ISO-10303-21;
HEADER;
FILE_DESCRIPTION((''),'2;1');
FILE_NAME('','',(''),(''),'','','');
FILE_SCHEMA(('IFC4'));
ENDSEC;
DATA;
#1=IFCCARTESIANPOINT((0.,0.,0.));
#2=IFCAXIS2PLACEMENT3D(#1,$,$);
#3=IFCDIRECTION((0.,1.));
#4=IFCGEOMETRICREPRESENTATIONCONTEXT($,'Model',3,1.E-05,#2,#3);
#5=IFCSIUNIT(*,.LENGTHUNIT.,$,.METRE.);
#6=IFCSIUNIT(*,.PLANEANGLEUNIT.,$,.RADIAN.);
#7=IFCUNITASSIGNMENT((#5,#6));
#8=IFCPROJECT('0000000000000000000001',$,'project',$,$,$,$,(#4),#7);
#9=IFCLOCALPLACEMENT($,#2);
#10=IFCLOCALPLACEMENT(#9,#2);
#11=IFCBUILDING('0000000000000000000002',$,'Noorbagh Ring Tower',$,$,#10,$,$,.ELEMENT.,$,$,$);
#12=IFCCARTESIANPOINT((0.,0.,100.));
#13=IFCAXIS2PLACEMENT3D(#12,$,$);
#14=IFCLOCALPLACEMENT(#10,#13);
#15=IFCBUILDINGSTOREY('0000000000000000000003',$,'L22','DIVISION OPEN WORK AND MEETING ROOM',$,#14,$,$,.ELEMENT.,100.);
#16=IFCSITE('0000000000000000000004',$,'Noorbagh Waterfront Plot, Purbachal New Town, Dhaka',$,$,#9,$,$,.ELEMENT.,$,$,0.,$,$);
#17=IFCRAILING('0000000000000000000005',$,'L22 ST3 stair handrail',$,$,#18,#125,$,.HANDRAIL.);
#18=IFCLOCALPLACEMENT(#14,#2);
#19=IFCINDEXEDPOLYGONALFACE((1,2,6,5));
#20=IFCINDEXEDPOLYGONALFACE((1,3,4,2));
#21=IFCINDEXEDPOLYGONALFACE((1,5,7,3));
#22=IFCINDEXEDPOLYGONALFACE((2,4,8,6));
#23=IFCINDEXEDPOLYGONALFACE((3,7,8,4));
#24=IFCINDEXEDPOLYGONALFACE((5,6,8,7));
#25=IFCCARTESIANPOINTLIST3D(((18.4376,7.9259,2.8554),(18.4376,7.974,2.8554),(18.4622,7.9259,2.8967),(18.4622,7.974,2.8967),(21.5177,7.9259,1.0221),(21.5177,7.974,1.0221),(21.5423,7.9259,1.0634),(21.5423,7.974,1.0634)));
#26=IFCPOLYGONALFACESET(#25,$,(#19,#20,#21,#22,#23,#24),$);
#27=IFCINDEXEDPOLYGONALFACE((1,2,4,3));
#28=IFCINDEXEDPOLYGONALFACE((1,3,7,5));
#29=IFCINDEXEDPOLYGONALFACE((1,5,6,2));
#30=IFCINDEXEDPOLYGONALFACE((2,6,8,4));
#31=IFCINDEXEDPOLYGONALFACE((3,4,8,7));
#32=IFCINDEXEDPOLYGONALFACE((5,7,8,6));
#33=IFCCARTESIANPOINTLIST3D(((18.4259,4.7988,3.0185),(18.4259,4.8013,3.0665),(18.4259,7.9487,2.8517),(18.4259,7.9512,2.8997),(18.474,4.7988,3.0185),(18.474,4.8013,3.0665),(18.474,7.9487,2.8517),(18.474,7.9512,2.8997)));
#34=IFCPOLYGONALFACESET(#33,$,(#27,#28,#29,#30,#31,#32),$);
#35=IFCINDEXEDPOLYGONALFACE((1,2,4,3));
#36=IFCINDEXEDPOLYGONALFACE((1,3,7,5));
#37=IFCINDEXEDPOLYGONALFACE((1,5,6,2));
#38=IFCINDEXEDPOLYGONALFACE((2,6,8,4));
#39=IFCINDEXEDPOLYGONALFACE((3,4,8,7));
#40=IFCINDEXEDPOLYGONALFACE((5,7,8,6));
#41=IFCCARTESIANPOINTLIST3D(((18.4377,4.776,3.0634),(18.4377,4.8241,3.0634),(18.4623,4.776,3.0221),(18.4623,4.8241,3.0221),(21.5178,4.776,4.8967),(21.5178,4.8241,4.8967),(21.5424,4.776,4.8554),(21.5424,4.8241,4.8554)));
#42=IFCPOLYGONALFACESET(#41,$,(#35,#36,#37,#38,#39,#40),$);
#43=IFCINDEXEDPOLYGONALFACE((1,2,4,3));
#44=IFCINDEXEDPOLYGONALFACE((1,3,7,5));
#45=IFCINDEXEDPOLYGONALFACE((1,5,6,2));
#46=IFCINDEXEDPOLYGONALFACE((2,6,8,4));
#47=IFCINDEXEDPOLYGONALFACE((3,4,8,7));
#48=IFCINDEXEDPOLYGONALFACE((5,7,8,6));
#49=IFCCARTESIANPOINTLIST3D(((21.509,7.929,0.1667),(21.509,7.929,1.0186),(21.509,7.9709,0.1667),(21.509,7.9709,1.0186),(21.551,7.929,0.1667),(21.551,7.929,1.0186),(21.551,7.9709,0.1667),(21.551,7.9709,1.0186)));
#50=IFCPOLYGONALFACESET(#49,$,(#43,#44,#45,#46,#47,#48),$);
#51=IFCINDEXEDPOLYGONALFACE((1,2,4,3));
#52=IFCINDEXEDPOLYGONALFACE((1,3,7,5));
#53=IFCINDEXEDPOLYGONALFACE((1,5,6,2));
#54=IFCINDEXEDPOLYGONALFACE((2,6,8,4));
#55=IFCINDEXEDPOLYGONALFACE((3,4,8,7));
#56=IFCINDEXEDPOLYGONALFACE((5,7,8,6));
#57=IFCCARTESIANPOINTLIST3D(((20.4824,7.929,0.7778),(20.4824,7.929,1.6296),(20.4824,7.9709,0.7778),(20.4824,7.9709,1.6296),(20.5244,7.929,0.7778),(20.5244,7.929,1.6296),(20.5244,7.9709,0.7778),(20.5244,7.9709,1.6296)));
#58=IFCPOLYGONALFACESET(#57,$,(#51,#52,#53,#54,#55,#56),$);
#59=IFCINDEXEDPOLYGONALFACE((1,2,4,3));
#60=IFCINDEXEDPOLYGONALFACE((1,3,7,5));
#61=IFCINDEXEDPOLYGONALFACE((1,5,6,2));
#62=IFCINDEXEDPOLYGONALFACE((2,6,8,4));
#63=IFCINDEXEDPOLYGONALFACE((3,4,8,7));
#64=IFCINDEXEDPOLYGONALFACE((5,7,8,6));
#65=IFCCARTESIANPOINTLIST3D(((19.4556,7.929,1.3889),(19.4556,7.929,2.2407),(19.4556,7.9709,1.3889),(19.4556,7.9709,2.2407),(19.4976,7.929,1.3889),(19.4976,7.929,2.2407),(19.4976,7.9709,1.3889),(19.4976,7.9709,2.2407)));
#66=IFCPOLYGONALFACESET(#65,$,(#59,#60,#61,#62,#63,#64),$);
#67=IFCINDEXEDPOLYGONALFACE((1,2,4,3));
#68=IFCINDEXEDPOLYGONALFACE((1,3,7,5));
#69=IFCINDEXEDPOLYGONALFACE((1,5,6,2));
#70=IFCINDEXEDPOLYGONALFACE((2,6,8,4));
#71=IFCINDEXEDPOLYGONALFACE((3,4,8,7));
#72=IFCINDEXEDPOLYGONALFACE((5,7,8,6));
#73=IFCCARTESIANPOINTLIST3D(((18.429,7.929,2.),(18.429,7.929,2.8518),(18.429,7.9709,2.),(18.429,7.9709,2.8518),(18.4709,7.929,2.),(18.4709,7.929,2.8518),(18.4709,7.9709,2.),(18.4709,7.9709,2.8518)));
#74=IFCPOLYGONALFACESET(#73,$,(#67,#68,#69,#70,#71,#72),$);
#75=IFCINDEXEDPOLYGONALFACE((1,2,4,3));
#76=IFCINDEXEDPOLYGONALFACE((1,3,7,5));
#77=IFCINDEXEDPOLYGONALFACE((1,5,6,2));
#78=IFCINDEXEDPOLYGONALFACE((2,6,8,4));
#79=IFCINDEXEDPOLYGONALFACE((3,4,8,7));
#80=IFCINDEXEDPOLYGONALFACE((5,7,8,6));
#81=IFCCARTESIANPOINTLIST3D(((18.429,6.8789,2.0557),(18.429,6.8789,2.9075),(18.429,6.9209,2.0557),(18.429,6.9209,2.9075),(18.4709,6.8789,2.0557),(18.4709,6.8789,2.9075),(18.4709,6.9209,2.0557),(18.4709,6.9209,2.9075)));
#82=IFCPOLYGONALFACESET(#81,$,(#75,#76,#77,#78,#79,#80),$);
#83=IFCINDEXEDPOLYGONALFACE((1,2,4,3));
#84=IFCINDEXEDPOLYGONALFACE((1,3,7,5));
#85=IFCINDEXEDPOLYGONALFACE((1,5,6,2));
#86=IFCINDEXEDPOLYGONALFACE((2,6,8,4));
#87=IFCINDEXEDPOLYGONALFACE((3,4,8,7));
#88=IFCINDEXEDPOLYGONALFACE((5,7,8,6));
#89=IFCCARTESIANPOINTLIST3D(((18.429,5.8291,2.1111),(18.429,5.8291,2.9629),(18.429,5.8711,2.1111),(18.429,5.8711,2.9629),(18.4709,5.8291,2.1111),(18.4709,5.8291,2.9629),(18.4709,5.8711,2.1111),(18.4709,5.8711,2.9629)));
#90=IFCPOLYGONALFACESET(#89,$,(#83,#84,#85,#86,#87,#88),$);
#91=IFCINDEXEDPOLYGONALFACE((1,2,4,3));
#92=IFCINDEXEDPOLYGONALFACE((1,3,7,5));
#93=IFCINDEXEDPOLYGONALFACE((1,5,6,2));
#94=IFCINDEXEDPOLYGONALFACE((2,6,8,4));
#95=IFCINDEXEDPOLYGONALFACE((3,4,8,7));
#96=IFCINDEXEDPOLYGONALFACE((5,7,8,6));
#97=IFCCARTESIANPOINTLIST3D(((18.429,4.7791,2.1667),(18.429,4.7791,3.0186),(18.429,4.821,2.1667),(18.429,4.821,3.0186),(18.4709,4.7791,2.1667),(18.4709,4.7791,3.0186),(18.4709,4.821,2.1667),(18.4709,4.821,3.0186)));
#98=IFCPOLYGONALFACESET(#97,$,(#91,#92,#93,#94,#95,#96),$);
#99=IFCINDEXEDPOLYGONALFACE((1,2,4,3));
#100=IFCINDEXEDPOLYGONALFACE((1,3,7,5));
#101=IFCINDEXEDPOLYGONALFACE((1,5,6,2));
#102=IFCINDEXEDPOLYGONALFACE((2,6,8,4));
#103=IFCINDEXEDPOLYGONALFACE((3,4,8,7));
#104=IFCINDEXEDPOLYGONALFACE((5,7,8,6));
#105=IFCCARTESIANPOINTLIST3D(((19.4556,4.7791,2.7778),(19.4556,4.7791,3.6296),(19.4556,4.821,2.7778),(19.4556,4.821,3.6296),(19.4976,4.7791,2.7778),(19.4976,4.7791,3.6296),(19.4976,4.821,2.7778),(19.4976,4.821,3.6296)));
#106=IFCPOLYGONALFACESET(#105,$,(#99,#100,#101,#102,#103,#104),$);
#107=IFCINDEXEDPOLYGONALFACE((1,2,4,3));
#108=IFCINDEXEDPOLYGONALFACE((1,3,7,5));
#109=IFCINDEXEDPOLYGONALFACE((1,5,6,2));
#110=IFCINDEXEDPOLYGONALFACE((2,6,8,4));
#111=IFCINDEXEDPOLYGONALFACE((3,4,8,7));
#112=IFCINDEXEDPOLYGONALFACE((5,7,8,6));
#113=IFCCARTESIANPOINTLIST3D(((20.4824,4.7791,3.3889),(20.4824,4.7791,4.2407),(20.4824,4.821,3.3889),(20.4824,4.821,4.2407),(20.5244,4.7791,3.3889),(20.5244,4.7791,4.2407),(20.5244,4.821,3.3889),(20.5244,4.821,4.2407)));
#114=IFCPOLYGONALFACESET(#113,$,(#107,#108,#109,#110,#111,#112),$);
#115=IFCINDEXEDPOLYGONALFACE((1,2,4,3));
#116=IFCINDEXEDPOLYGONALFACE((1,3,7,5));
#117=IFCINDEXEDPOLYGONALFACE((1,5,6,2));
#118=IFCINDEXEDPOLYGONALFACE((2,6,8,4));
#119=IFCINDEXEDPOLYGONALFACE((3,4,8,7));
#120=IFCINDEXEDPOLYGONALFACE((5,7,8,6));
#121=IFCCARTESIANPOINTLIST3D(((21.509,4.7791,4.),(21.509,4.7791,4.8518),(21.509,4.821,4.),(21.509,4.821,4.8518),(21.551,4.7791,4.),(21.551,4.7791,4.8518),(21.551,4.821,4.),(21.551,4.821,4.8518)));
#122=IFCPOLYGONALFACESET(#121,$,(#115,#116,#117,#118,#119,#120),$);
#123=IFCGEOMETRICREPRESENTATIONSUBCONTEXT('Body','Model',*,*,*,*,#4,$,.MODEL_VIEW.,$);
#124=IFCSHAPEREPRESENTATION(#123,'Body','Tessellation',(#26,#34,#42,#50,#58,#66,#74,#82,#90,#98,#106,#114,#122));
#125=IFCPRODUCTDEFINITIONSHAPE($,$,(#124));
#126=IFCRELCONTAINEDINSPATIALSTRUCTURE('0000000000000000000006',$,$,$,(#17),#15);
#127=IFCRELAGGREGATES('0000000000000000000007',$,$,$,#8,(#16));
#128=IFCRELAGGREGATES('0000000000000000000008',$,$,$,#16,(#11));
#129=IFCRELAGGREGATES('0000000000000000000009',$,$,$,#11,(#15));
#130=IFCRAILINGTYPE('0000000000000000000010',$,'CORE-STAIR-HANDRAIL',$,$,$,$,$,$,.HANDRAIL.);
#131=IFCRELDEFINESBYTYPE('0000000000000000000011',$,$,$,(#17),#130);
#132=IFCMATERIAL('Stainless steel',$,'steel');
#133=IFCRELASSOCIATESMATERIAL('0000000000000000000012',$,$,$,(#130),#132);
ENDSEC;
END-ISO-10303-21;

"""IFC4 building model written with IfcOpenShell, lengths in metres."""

from ifc_helpers import new_model, si_unit, direction, frame, origin, origin_2d, place, context, subcontext, project, spatial, rectangle, extrude, material, type_object, element, save


model = new_model("IFC4")

# Units and contexts
model_context = context("Model", 3, precision=1e-05, world=origin(), true_north=direction((0.0, 1.0)))
body_context = subcontext(model_context, "Body", "Model", "MODEL_VIEW")
ifc_project = project(units=[si_unit("LENGTHUNIT", "METRE"), si_unit("PLANEANGLEUNIT", "RADIAN")], contexts=[model_context])

# Site, building, storey
site_placement = place(None, origin())
site = spatial("IfcSite", under=ifc_project, at=site_placement, Name="Noorbagh Waterfront Plot, Purbachal New Town, Dhaka", CompositionType="ELEMENT", RefElevation=0.0)
building_placement = place(site_placement, origin())
building = spatial("IfcBuilding", under=site, at=building_placement, Name="Noorbagh Ring Tower", CompositionType="ELEMENT")
storey_placement = place(building_placement, frame((0.0, 0.0, 100.0)))
storey = spatial("IfcBuildingStorey", under=building, at=storey_placement, Name="L22", Description="DIVISION OPEN WORK AND MEETING ROOM", CompositionType="ELEMENT", Elevation=100.0)

# Railing
ifc_material_1 = material(Name="Stainless steel", Category="steel")
railing_type = type_object("IfcRailingType", Name="CORE-STAIR-HANDRAIL", PredefinedType="HANDRAIL", material=ifc_material_1)
railing_placement = place(storey_placement, frame((21.53, 7.95, 0.1667)))
element("IfcRailing", 1, at=railing_placement, inside=storey, type_object=railing_type, Name="L22 ST3 stair handrail", PredefinedType="HANDRAIL", context=body_context, shape_type="SweptSolid", body=[
    extrude(rectangle(XDim=0.0481, YDim=0.0481, at=origin_2d()), frame((0.0, 0.0, 0.876), z_axis=(-0.859309, 0.0, 0.511458), x_axis=(0.0, -1.0, 0.0)), (0.0, 0.0, 1.0), 3.5845),
    extrude(rectangle(XDim=0.0481, YDim=0.0481, at=origin_2d()), frame((-3.0801, 0.0, 2.709), z_axis=(0.0, -0.998602, 0.052864), x_axis=(1.0, 0.0, 0.0)), (0.0, 0.0, 1.0), 3.1543),
    extrude(rectangle(XDim=0.0481, YDim=0.0481, at=origin_2d()), frame((-3.0801, -3.1499, 2.876), z_axis=(0.859309, 0.0, 0.511458), x_axis=(0.0, 1.0, 0.0)), (0.0, 0.0, 1.0), 3.5845),
    extrude(rectangle(XDim=0.042, YDim=0.042, at=origin_2d()), origin(), (0.0, 0.0, 1.0), 0.8518),
    extrude(rectangle(XDim=0.042, YDim=0.042, at=origin_2d()), frame((-1.0266, 0.0, 0.6111)), (0.0, 0.0, 1.0), 0.8518),
    extrude(rectangle(XDim=0.042, YDim=0.042, at=origin_2d()), frame((-2.0535, 0.0, 1.2222)), (0.0, 0.0, 1.0), 0.8518),
    extrude(rectangle(XDim=0.042, YDim=0.042, at=origin_2d()), frame((-3.0801, 0.0, 1.8333)), (0.0, 0.0, 1.0), 0.8518),
    extrude(rectangle(XDim=0.042, YDim=0.042, at=origin_2d()), frame((-3.0801, -1.05, 1.8889)), (0.0, 0.0, 1.0), 0.8518),
    extrude(rectangle(XDim=0.042, YDim=0.042, at=origin_2d()), frame((-3.0801, -2.0999, 1.9443)), (0.0, 0.0, 1.0), 0.8518),
    extrude(rectangle(XDim=0.042, YDim=0.042, at=origin_2d()), frame((-3.0801, -3.1499, 2.0)), (0.0, 0.0, 1.0), 0.8518),
    extrude(rectangle(XDim=0.042, YDim=0.042, at=origin_2d()), frame((-2.0535, -3.1499, 2.6111)), (0.0, 0.0, 1.0), 0.8518),
    extrude(rectangle(XDim=0.042, YDim=0.042, at=origin_2d()), frame((-1.0266, -3.1499, 3.2222)), (0.0, 0.0, 1.0), 0.8518),
    extrude(rectangle(XDim=0.042, YDim=0.042, at=origin_2d()), frame((0.0, -3.1499, 3.8333)), (0.0, 0.0, 1.0), 0.8518),
])

save(model, "model.ifc")
